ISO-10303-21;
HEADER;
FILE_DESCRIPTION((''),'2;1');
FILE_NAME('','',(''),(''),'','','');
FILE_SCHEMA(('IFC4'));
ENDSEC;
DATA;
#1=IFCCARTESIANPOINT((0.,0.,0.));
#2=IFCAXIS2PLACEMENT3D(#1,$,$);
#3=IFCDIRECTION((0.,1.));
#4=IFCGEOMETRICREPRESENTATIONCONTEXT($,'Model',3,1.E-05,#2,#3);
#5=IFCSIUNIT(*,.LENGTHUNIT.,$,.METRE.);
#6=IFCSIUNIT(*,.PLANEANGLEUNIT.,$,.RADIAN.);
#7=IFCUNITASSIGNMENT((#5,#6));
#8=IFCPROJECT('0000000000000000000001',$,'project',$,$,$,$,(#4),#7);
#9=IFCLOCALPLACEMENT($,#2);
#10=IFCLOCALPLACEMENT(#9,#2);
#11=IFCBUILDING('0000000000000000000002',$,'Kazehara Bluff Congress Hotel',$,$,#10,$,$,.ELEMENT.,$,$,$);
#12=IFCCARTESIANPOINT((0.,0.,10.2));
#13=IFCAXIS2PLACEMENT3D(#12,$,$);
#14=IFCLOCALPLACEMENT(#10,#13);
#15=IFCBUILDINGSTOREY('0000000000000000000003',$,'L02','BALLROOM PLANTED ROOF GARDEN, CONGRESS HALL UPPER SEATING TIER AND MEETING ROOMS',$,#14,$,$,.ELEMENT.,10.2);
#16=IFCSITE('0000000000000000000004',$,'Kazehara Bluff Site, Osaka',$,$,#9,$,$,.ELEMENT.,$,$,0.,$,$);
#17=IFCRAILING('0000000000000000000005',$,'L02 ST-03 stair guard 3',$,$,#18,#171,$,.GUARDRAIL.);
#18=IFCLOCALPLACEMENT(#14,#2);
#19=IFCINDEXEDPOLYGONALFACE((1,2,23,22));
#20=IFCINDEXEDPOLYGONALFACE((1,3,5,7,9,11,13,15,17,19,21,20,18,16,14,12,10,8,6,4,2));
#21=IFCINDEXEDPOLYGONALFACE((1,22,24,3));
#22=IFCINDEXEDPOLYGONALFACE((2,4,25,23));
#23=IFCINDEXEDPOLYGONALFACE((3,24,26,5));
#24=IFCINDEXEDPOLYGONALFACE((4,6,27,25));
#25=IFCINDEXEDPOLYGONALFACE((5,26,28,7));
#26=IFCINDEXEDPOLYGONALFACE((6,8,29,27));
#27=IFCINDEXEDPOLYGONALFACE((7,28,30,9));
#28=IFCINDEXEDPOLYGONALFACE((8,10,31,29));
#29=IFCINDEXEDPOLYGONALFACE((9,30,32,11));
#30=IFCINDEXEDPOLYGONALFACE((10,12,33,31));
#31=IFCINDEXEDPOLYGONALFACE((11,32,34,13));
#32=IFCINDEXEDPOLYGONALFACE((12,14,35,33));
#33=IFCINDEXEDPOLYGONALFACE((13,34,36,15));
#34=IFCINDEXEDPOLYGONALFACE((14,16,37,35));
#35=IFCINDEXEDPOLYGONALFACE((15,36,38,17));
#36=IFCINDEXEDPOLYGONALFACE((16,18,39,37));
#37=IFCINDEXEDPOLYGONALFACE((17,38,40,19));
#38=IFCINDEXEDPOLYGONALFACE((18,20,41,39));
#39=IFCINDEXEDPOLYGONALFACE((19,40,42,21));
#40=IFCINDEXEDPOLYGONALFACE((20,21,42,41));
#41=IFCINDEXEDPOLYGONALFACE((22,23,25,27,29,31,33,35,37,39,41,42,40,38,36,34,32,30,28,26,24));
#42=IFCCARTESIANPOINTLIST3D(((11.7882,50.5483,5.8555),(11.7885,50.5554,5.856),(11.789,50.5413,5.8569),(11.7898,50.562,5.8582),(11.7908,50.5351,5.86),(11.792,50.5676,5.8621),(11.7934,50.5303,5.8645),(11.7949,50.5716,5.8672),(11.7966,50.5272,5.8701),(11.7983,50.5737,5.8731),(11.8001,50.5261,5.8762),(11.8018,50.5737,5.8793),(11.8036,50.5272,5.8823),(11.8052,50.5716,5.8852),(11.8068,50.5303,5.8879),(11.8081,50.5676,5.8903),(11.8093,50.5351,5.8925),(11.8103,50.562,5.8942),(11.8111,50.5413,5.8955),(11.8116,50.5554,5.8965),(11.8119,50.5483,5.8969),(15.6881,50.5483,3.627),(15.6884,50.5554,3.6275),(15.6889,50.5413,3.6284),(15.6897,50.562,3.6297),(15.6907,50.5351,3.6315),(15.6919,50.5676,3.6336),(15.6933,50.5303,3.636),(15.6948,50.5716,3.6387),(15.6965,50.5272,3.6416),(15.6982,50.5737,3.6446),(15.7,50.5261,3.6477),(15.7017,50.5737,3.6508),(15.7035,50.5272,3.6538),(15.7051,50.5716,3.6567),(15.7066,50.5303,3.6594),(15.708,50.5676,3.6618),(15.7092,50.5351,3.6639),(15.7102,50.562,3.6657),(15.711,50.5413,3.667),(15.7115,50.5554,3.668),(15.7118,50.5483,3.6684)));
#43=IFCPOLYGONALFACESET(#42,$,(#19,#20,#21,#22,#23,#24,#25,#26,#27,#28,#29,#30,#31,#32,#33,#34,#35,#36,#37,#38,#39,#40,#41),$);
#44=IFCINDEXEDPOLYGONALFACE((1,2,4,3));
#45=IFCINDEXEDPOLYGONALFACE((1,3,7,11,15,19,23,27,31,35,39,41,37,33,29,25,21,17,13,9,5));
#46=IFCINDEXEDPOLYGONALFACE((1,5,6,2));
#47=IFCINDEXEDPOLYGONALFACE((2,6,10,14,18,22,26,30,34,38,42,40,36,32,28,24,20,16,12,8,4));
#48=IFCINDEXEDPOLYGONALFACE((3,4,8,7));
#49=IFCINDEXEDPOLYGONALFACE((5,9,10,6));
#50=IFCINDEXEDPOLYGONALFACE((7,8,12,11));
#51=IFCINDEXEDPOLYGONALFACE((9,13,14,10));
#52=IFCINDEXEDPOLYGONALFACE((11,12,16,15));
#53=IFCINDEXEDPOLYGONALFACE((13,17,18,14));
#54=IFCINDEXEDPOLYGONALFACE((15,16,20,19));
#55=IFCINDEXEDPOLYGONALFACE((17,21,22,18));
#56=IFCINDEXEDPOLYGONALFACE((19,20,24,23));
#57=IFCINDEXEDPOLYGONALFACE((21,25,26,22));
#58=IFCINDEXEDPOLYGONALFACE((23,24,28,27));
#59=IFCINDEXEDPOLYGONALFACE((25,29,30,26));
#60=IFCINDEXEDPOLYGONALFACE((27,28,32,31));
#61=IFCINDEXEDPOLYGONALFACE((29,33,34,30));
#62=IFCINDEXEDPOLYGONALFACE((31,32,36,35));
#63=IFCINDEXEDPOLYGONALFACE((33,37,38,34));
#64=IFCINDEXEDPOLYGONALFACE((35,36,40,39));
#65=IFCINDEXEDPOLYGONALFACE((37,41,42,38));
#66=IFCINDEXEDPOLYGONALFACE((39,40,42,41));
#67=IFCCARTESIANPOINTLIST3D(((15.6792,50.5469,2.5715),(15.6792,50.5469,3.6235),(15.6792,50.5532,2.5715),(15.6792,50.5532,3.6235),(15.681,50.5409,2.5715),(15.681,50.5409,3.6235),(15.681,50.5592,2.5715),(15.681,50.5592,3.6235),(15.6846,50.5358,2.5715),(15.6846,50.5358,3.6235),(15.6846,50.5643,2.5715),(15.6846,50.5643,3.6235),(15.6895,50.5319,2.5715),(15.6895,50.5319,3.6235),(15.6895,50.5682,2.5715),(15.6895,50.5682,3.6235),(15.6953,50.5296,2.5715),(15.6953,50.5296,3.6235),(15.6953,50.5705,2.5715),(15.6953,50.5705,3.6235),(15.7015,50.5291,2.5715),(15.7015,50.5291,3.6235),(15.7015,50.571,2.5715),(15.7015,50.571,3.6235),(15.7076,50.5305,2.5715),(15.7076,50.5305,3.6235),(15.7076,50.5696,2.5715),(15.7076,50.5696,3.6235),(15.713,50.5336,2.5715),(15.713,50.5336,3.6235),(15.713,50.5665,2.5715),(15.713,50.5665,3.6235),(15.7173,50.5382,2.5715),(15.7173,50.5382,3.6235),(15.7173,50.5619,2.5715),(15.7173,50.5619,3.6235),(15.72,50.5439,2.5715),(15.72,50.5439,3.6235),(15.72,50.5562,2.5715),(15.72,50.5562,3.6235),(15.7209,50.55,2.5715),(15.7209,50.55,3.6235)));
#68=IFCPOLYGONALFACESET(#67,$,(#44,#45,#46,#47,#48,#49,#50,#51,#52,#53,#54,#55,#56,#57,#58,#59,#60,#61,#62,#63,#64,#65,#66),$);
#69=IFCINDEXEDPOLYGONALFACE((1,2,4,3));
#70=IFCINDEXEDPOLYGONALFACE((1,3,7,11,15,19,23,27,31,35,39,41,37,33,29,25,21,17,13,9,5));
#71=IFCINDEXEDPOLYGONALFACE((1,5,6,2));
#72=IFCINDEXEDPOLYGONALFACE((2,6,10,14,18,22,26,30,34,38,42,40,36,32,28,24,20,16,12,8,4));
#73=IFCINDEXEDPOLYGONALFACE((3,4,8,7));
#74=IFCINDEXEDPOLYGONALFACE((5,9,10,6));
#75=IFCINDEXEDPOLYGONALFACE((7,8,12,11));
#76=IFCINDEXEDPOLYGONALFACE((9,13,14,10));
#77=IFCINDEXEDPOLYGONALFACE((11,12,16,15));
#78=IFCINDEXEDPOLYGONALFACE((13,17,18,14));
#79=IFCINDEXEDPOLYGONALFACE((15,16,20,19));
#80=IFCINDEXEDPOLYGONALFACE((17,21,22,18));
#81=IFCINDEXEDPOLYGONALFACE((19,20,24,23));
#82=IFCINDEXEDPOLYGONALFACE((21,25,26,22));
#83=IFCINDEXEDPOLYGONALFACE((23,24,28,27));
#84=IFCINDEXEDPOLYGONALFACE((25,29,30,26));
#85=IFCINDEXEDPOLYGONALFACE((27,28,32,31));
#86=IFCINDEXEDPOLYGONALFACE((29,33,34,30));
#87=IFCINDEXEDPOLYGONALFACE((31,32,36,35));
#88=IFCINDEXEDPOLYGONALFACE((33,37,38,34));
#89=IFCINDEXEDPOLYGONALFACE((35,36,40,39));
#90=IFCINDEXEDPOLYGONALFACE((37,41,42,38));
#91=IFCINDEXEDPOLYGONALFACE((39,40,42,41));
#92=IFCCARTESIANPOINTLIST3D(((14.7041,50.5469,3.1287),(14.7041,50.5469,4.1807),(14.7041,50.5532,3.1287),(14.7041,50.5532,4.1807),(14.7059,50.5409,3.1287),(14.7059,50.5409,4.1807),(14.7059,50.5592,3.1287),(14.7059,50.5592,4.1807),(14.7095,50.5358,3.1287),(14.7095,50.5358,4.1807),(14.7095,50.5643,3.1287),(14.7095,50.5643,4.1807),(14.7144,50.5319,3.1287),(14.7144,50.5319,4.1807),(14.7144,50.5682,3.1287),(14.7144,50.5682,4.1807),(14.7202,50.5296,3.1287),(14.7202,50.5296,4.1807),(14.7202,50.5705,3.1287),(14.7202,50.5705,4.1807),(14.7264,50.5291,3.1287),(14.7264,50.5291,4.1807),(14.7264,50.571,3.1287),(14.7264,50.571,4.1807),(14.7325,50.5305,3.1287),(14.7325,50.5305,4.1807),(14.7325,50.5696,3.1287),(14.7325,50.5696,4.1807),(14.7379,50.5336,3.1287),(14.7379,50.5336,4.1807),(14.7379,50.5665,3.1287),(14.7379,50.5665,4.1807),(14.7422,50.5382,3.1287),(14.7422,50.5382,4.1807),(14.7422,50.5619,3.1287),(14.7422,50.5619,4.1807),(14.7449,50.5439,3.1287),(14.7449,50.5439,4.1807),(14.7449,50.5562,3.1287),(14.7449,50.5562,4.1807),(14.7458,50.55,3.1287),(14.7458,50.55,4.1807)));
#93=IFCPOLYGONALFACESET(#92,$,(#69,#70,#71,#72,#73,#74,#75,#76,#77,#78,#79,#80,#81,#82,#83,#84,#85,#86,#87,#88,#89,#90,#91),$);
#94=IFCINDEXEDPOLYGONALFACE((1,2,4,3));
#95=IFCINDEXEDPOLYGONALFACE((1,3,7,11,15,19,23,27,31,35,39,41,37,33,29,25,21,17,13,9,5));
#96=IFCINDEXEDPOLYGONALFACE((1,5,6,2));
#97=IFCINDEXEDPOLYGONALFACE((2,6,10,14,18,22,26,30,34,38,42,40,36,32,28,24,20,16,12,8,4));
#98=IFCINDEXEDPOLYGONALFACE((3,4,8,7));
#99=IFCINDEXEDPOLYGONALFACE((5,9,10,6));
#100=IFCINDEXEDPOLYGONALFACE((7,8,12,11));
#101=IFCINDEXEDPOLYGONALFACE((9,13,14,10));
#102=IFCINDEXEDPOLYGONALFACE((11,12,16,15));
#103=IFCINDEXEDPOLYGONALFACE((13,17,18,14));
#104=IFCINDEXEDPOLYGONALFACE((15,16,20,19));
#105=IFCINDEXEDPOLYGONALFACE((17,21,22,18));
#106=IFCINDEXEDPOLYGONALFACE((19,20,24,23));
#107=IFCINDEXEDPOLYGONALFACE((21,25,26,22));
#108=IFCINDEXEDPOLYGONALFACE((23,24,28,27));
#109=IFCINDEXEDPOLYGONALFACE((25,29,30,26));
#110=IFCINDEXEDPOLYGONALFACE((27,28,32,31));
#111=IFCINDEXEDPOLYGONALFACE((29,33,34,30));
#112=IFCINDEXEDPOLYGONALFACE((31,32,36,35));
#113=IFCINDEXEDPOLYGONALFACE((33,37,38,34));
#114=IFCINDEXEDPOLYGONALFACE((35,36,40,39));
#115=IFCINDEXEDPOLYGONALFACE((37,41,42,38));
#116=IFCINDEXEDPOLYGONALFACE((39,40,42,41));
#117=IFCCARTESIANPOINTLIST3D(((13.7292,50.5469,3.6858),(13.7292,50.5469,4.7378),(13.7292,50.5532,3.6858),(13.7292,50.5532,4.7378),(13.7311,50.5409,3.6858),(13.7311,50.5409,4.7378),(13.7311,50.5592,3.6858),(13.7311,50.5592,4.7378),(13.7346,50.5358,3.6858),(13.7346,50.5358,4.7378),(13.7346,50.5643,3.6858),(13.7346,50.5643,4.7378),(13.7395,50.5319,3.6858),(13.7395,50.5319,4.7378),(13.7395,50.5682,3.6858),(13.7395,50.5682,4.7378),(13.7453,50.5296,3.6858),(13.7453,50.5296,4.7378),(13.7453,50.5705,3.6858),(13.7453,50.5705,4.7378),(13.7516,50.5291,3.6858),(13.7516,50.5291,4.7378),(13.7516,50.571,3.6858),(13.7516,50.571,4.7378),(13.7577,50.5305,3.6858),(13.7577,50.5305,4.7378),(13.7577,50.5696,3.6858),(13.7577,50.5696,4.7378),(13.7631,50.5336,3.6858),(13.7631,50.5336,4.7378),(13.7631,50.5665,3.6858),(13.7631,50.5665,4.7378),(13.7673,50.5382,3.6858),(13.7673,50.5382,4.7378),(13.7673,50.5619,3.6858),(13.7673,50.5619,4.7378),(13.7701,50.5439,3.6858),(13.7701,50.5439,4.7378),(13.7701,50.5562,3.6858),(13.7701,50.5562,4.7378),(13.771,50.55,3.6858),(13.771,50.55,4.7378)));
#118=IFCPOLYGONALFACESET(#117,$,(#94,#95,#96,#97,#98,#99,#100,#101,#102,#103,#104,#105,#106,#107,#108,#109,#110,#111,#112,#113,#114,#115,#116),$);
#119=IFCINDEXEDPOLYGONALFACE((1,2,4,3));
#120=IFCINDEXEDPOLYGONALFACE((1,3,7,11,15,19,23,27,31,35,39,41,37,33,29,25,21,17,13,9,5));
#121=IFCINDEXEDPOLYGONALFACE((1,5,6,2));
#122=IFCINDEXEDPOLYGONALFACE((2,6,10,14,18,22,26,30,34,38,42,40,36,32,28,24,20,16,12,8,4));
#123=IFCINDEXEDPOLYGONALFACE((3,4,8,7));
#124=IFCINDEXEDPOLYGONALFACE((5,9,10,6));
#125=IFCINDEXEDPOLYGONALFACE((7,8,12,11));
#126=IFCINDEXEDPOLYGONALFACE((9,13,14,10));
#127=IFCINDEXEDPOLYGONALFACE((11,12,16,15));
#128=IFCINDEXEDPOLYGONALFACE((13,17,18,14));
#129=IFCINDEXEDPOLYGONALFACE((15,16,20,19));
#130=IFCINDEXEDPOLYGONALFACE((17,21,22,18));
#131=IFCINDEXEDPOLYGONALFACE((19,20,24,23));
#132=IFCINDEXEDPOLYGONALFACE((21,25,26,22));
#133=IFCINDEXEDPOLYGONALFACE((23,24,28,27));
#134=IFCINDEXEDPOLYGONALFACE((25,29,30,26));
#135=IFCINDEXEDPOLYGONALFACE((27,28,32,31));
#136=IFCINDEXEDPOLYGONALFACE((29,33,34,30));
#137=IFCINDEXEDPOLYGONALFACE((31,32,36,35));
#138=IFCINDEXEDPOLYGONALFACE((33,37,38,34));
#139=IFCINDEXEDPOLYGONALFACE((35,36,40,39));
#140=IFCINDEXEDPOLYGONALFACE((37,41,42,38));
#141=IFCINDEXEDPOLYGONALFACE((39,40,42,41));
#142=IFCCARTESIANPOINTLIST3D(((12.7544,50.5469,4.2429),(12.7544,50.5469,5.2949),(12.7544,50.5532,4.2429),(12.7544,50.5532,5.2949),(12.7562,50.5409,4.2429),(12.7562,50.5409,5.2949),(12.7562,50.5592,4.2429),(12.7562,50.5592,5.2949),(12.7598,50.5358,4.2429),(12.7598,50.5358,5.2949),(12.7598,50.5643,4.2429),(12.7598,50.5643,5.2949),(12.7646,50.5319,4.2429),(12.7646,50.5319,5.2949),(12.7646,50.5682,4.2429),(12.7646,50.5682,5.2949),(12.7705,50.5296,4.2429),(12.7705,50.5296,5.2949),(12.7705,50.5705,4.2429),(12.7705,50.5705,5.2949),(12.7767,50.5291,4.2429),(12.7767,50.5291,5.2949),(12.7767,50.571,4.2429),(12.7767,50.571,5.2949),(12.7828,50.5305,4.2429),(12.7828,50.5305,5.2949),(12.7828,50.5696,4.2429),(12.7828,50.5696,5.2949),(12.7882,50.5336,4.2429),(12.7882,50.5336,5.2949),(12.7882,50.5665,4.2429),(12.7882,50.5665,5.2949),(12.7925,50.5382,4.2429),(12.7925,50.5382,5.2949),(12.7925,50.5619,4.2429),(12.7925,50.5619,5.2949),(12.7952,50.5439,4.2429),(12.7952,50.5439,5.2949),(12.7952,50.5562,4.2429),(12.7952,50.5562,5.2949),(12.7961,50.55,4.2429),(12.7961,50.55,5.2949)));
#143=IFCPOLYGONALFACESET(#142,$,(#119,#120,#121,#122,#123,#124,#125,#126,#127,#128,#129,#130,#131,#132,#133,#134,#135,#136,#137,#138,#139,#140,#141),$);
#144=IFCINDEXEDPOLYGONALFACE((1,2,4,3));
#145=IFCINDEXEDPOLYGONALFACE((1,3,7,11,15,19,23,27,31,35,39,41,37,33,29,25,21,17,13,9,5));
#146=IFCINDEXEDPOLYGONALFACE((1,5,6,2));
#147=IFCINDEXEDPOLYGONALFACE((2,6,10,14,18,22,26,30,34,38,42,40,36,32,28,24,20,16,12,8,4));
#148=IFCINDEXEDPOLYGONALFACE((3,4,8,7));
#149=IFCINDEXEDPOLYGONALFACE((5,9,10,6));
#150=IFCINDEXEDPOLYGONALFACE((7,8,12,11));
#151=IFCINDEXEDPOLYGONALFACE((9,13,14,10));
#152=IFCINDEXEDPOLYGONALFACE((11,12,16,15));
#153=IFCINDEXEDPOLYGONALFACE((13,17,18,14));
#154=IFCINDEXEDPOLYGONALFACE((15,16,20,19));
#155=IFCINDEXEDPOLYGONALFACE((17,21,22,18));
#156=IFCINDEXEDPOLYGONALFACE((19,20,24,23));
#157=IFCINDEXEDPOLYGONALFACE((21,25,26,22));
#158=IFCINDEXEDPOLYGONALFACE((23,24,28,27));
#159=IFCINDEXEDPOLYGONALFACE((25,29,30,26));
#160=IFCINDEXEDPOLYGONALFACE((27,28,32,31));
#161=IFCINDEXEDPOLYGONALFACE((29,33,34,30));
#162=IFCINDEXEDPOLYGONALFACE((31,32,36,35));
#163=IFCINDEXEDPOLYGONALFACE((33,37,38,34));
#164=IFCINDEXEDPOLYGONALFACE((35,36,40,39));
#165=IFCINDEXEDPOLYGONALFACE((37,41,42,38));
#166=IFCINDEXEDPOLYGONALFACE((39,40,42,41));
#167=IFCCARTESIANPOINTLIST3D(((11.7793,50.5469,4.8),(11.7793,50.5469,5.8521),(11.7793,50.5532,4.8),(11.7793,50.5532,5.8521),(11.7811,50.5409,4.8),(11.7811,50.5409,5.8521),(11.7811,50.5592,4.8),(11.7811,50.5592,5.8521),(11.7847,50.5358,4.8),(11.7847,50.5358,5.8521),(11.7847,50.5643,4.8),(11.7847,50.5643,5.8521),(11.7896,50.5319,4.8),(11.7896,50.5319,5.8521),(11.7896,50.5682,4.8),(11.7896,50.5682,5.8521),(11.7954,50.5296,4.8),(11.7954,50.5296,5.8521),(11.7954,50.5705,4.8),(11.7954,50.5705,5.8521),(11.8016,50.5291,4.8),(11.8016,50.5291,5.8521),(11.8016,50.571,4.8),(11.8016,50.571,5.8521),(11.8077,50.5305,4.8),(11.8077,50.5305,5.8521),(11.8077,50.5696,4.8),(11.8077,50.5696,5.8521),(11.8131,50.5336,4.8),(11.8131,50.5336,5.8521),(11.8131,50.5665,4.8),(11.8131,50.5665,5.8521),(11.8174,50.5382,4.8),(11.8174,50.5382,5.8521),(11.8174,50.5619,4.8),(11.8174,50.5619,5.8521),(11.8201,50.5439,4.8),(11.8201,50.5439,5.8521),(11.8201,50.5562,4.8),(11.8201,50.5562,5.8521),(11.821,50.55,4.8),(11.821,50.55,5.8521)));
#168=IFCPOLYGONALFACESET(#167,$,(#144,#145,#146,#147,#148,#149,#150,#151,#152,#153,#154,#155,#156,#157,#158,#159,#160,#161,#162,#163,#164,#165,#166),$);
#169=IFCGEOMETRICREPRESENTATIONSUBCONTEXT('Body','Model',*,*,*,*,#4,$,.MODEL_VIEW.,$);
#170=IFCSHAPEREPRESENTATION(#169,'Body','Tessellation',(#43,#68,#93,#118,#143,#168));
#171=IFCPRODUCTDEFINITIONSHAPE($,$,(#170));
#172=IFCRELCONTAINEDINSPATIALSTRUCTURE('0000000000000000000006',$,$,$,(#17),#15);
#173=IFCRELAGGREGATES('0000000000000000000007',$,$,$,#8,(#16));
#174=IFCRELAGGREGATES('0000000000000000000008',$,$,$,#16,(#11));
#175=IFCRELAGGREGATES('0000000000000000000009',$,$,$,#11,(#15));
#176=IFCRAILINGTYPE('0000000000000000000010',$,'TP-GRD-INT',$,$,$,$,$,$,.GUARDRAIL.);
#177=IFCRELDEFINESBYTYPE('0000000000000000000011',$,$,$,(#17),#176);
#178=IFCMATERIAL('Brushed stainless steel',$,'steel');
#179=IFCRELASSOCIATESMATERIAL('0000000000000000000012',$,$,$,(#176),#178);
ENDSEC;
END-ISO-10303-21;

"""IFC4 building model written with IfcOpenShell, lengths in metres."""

from ifc_helpers import new_model, si_unit, direction, frame, origin, origin_2d, place, context, subcontext, project, spatial, circle, extrude, material, type_object, element, save


model = new_model("IFC4")

# Units and contexts
model_context = context("Model", 3, precision=1e-05, world=origin(), true_north=direction((0.0, 1.0)))
body_context = subcontext(model_context, "Body", "Model", "MODEL_VIEW")
ifc_project = project(units=[si_unit("LENGTHUNIT", "METRE"), si_unit("PLANEANGLEUNIT", "RADIAN")], contexts=[model_context])

# Site, building, storey
site_placement = place(None, origin())
site = spatial("IfcSite", under=ifc_project, at=site_placement, Name="Kazehara Bluff Site, Osaka", CompositionType="ELEMENT", RefElevation=0.0)
building_placement = place(site_placement, origin())
building = spatial("IfcBuilding", under=site, at=building_placement, Name="Kazehara Bluff Congress Hotel", CompositionType="ELEMENT")
storey_placement = place(building_placement, frame((0.0, 0.0, 10.2)))
storey = spatial("IfcBuildingStorey", under=building, at=storey_placement, Name="L02", Description="BALLROOM PLANTED ROOF GARDEN, CONGRESS HALL UPPER SEATING TIER AND MEETING ROOMS", CompositionType="ELEMENT", Elevation=10.2)

# Railing
ifc_material_1 = material(Name="Brushed stainless steel", Category="steel")
railing_type_1 = type_object("IfcRailingType", Name="TP-GRD-INT", PredefinedType="GUARDRAIL", material=ifc_material_1)
railing_1_placement = place(storey_placement, frame((15.7, 50.55, 2.5715)))
element("IfcRailing", 1, at=railing_1_placement, inside=storey, type_object=railing_type_1, Name="L02 ST-03 stair guard 3", PredefinedType="GUARDRAIL", context=body_context, shape_type="SweptSolid", body=[
    extrude(circle(Radius=0.0239, at=origin_2d()), frame((0.0, 0.0, 1.0762), z_axis=(-0.868243, 0.0, 0.496139), x_axis=(0.0, -1.0, 0.0)), (0.0, 0.0, 1.0), 4.4917),
    extrude(circle(Radius=0.021, at=origin_2d()), origin(), (0.0, 0.0, 1.0), 1.052),
    extrude(circle(Radius=0.021, at=origin_2d()), frame((-0.9751, 0.0, 0.5571)), (0.0, 0.0, 1.0), 1.052),
    extrude(circle(Radius=0.021, at=origin_2d()), frame((-1.95, 0.0, 1.1143)), (0.0, 0.0, 1.0), 1.052),
    extrude(circle(Radius=0.021, at=origin_2d()), frame((-2.9248, 0.0, 1.6714)), (0.0, 0.0, 1.0), 1.052),
    extrude(circle(Radius=0.021, at=origin_2d()), frame((-3.8999, 0.0, 2.2285)), (0.0, 0.0, 1.0), 1.052),
])

save(model, "model.ifc")
